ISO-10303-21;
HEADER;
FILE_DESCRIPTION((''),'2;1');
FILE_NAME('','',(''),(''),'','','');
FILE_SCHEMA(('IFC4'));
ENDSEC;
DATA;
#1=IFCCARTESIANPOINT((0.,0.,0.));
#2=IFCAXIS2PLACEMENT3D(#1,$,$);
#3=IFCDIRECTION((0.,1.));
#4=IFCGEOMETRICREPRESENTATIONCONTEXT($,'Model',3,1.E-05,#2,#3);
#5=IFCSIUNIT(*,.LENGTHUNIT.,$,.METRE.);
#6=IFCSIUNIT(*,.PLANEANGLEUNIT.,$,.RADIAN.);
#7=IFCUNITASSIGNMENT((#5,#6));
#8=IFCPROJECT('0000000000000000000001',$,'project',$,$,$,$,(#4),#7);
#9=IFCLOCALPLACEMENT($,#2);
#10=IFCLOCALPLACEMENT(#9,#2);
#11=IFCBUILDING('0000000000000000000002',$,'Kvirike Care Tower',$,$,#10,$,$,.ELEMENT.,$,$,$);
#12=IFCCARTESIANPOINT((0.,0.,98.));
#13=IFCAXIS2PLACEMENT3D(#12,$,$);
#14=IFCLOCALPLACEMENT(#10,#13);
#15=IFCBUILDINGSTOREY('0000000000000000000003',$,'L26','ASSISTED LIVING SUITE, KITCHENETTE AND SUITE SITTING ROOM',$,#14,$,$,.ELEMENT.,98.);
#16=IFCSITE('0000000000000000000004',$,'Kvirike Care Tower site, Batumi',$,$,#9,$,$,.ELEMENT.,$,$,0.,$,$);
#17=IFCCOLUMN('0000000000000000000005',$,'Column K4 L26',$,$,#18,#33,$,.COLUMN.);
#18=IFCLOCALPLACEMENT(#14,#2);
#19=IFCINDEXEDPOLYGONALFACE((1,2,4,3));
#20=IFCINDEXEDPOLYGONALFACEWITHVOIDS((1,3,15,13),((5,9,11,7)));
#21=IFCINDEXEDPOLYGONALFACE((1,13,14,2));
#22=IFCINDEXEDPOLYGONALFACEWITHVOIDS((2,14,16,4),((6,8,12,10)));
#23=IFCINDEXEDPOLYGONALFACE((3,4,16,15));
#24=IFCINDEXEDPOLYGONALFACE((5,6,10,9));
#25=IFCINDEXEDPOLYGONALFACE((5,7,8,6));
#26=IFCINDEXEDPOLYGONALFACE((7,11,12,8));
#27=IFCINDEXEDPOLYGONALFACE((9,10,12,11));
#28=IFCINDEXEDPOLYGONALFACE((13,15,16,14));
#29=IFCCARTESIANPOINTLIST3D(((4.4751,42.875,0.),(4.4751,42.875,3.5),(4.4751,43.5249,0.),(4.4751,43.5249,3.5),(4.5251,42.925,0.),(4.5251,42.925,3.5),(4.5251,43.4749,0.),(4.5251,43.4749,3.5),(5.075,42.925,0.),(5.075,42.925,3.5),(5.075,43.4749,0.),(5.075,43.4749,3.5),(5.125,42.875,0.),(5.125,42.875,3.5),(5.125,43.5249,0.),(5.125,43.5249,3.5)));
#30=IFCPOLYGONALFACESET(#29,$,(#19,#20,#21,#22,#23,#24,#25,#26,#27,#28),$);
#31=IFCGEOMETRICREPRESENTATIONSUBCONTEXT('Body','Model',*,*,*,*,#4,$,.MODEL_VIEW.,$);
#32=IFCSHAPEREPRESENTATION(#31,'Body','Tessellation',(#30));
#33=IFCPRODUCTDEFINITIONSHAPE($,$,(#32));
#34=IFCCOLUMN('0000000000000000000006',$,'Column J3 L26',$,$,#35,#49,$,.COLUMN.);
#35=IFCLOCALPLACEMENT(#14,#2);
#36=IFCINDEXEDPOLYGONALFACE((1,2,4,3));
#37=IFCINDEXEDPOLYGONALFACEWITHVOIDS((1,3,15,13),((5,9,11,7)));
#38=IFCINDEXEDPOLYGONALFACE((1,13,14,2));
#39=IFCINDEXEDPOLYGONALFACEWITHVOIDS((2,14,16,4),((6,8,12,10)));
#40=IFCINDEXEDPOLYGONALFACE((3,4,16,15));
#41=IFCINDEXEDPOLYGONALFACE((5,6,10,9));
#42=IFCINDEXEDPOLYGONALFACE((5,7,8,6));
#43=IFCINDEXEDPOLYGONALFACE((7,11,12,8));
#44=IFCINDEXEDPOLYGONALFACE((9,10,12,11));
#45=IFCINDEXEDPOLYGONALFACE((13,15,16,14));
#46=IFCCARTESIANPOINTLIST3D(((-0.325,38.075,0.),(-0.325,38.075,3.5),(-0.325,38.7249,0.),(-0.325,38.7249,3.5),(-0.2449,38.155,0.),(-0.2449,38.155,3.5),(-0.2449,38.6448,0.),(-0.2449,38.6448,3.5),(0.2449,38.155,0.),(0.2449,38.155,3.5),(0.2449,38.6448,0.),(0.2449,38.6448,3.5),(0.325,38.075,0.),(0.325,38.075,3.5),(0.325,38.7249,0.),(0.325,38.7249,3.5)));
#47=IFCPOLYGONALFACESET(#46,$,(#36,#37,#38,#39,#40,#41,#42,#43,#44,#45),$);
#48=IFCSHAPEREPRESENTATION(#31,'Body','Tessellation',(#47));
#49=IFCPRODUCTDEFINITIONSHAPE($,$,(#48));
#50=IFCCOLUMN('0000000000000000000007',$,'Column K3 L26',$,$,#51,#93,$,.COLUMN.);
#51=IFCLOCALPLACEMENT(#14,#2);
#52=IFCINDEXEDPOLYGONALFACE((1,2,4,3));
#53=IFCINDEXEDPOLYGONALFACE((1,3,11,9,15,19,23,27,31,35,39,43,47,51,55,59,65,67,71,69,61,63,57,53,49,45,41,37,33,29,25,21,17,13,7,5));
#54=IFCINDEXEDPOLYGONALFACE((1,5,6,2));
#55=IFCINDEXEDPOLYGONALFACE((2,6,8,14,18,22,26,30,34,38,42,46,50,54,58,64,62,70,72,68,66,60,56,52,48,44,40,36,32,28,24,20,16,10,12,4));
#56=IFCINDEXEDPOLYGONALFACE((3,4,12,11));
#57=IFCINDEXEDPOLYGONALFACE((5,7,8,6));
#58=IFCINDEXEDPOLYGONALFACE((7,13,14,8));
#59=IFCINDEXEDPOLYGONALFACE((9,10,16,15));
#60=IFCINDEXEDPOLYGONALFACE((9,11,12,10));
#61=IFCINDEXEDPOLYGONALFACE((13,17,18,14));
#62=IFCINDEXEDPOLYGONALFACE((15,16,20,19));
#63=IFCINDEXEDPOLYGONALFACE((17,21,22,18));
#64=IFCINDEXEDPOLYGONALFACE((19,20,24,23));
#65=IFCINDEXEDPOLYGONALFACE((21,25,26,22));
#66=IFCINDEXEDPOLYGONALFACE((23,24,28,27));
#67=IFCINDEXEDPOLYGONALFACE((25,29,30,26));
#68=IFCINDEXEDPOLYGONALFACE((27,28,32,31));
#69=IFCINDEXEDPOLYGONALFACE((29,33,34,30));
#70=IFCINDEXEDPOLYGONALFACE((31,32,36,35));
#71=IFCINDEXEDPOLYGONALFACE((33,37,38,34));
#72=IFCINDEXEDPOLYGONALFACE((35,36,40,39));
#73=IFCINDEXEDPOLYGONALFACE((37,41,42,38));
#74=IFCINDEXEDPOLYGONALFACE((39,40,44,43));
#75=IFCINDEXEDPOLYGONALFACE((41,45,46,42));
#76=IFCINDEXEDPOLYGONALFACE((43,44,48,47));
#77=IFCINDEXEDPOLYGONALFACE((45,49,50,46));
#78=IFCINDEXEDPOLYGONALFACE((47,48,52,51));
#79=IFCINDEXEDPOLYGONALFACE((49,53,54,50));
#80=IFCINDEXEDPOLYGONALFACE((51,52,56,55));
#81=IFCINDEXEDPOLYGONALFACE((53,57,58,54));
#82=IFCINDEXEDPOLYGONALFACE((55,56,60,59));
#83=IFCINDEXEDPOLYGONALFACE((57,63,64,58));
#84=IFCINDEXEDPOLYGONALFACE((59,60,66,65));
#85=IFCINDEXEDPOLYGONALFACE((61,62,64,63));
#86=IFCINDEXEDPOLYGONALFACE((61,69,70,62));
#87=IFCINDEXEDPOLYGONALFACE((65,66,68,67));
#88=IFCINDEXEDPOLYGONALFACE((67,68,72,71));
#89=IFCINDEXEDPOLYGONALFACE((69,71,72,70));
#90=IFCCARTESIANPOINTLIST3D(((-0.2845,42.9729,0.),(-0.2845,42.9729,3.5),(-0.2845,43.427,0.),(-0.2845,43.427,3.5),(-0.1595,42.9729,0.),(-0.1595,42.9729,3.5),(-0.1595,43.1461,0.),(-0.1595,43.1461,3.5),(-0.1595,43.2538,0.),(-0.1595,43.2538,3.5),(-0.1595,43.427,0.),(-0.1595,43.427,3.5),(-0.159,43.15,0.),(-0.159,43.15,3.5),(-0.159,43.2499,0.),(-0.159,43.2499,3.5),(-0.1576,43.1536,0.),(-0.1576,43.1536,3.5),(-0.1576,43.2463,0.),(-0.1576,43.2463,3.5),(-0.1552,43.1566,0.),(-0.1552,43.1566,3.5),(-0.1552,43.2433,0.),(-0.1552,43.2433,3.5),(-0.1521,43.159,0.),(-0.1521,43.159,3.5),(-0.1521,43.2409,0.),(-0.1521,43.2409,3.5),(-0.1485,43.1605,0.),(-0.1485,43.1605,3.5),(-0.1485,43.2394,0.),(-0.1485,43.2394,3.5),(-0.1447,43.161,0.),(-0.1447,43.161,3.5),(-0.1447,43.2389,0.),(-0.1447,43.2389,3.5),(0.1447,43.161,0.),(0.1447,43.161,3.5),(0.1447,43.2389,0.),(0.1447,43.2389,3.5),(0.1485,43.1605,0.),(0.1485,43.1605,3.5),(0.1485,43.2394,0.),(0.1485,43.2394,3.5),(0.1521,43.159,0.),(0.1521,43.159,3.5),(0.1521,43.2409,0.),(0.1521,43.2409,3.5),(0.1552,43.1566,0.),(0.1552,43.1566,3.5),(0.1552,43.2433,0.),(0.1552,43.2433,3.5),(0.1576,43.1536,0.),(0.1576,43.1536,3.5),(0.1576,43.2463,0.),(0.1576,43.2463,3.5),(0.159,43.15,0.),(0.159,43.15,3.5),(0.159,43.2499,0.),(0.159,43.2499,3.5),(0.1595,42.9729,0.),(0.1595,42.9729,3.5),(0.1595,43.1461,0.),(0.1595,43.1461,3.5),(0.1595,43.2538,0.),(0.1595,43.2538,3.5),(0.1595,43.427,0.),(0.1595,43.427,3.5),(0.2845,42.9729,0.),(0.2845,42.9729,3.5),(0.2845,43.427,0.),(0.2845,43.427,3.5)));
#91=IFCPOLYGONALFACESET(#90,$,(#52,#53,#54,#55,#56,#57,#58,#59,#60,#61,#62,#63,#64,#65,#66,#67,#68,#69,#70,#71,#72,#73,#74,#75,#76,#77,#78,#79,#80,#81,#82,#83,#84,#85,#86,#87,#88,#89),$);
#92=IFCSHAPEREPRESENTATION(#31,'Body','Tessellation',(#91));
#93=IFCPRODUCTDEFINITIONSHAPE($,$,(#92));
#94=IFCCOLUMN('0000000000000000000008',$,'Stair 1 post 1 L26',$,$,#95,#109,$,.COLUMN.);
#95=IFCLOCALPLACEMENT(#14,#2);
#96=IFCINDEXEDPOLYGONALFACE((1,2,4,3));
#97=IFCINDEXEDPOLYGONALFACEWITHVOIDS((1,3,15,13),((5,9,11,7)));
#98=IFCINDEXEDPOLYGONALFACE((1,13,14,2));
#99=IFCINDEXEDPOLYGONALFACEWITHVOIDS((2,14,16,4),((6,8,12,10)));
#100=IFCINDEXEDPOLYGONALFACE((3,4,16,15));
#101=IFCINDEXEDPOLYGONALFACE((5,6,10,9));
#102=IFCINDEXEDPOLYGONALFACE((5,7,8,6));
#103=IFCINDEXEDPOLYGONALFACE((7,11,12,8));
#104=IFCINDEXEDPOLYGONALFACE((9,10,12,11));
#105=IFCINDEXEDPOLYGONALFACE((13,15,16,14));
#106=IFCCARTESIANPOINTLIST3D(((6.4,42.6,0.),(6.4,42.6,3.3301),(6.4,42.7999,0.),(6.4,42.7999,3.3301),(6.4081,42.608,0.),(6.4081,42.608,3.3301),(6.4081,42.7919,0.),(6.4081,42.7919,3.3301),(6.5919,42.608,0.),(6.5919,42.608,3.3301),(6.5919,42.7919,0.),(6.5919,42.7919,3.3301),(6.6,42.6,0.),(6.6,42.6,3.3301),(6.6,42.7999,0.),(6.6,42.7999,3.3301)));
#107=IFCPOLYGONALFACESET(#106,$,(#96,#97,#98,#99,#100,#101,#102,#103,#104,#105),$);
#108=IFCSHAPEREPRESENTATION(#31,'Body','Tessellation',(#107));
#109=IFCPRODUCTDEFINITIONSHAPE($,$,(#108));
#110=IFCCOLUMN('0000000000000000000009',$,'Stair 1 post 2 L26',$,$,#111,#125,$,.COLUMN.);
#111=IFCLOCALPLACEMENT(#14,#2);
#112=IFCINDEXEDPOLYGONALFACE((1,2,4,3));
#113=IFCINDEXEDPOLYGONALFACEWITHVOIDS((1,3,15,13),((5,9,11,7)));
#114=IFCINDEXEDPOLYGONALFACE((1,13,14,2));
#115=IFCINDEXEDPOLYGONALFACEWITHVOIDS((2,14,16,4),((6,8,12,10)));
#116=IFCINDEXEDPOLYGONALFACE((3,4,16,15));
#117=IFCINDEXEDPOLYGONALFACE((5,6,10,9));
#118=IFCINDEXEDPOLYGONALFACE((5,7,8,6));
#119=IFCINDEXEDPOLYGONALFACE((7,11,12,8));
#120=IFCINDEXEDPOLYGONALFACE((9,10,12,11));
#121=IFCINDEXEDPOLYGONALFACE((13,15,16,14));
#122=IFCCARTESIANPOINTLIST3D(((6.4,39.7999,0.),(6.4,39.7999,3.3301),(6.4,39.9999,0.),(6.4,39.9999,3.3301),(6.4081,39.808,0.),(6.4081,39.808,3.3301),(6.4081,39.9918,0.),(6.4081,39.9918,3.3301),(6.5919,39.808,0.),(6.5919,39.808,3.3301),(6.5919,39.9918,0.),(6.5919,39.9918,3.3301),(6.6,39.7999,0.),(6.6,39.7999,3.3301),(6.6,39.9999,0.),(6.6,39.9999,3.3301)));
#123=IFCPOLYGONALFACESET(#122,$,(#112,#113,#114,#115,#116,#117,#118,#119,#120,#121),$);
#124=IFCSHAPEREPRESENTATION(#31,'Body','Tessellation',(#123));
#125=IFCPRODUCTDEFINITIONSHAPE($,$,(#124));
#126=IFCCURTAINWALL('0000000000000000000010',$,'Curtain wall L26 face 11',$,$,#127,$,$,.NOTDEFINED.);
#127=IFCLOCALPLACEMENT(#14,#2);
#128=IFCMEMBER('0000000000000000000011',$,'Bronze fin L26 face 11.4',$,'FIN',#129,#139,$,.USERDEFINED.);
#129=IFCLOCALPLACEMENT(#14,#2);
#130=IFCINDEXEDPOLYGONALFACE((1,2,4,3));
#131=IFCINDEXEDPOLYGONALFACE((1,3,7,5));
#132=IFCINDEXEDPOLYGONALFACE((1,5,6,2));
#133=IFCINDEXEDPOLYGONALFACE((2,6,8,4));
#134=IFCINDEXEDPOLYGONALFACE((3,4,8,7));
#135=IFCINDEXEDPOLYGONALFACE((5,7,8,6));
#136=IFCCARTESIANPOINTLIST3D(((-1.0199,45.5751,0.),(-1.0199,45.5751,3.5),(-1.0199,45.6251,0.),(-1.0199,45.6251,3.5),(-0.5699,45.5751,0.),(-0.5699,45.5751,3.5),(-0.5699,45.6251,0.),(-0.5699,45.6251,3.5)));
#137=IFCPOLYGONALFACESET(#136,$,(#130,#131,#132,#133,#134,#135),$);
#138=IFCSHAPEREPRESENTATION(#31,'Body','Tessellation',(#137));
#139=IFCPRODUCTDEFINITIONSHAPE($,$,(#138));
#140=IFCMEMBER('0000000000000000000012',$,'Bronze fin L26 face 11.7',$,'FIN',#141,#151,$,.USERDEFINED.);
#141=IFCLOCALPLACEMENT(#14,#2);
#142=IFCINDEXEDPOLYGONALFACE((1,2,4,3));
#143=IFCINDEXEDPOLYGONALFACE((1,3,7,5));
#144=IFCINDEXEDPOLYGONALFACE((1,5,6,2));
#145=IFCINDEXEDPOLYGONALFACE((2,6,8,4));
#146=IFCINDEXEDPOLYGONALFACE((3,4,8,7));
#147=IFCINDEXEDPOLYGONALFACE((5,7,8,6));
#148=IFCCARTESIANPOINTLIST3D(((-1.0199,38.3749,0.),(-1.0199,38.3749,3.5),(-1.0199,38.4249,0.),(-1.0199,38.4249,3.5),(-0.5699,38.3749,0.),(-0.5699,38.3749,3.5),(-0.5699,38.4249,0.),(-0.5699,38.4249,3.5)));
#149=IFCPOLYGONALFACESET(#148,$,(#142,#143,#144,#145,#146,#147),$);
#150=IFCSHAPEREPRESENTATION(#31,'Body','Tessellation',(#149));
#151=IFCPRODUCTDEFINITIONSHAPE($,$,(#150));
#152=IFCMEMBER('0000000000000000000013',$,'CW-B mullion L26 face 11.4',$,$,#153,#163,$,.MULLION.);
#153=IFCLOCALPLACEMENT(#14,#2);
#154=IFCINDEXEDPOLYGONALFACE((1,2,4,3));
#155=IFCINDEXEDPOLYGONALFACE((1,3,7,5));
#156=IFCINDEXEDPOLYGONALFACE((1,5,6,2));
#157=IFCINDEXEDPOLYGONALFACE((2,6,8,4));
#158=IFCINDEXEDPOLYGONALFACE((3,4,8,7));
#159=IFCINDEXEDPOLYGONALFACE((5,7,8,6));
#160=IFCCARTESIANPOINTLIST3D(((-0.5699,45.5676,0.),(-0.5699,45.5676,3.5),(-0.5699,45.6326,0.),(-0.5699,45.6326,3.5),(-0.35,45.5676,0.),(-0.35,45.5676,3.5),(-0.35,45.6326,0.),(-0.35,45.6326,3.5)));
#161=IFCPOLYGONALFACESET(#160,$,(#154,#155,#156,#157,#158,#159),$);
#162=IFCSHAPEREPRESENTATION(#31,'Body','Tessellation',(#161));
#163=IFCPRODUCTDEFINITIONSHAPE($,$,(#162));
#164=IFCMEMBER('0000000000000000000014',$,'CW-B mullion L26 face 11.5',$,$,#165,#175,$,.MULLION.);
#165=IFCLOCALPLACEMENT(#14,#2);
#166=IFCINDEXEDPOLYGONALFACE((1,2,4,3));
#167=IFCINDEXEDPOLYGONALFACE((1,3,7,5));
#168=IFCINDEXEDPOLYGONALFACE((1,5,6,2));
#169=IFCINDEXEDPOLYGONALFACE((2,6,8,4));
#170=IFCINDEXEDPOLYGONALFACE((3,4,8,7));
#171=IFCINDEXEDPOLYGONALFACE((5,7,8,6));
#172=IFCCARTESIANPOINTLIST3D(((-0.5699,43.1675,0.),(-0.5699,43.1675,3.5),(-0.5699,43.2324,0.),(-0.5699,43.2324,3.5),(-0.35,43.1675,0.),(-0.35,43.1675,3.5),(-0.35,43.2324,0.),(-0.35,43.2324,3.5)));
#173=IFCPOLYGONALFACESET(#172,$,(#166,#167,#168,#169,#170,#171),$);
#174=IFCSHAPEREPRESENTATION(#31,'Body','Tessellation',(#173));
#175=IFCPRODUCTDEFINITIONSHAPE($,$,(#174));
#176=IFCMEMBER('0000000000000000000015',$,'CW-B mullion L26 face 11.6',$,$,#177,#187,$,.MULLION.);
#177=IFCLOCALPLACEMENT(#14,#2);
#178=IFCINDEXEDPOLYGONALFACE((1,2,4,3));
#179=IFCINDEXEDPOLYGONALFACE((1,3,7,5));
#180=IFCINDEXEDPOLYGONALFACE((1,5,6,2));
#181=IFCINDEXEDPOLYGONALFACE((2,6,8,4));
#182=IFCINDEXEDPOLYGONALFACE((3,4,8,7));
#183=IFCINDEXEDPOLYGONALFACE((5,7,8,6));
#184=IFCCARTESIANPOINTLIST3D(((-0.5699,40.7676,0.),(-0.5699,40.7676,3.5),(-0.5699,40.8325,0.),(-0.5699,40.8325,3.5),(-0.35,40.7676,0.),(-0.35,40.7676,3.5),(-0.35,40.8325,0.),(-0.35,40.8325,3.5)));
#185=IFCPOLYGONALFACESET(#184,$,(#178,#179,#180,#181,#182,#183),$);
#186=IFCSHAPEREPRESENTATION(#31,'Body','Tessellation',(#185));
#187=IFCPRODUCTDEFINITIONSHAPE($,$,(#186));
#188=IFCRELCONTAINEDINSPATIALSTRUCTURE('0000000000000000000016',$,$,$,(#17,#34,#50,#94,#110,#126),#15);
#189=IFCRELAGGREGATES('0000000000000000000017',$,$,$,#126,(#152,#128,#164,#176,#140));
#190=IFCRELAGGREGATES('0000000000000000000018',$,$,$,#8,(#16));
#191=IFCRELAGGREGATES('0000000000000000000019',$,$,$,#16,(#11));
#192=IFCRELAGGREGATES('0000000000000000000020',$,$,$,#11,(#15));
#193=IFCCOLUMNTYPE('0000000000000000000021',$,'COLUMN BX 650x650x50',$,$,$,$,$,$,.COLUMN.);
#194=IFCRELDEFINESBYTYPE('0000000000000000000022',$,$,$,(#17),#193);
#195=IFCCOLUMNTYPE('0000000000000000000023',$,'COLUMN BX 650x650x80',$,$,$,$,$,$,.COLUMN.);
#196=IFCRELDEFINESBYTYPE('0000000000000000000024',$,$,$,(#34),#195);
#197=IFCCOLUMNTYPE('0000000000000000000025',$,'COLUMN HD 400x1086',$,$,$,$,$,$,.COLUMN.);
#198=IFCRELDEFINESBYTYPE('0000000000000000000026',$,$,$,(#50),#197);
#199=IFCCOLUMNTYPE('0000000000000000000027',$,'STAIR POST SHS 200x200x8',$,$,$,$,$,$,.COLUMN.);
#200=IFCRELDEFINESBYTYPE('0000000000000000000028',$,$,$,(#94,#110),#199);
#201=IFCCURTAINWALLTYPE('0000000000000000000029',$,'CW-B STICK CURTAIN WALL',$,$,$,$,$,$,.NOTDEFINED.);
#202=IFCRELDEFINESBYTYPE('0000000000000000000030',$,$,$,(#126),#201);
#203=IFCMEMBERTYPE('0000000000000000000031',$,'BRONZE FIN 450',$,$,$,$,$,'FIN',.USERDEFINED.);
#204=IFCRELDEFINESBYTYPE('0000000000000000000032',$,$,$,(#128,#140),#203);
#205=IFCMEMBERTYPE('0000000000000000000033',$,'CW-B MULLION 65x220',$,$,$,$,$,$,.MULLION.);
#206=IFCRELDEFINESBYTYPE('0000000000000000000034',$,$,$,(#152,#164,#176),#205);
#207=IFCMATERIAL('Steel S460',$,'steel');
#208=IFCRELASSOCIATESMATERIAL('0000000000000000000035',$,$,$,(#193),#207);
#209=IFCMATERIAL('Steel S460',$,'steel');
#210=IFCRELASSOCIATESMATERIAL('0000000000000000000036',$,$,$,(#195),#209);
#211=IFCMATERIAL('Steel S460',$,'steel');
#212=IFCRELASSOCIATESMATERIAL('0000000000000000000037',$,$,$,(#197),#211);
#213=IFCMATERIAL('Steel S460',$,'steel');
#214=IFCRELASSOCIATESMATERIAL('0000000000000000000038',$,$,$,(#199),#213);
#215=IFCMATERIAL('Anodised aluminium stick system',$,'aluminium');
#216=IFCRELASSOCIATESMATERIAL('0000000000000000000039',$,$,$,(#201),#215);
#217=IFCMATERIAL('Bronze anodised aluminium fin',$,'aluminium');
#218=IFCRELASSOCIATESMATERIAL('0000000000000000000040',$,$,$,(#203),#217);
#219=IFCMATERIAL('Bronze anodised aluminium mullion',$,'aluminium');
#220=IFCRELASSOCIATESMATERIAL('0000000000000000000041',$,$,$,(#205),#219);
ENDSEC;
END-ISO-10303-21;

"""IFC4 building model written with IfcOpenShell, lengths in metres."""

from ifc_helpers import new_model, si_unit, direction, frame, origin, origin_2d, place, context, subcontext, project, spatial, rectangle, hollow_rectangle, i_section, extrude, material, material_profile, profile_set, type_object, element, aggregate, save


model = new_model("IFC4")

# Units and contexts
model_context = context("Model", 3, precision=1e-05, world=origin(), true_north=direction((0.0, 1.0)))
body_context = subcontext(model_context, "Body", "Model", "MODEL_VIEW")
ifc_project = project(units=[si_unit("LENGTHUNIT", "METRE"), si_unit("PLANEANGLEUNIT", "RADIAN")], contexts=[model_context])

# Site, building, storey
site_placement = place(None, origin())
site = spatial("IfcSite", under=ifc_project, at=site_placement, Name="Kvirike Care Tower site, Batumi", CompositionType="ELEMENT", RefElevation=0.0)
building_placement = place(site_placement, origin())
building = spatial("IfcBuilding", under=site, at=building_placement, Name="Kvirike Care Tower", CompositionType="ELEMENT")
storey_placement = place(building_placement, frame((0.0, 0.0, 98.0)))
storey = spatial("IfcBuildingStorey", under=building, at=storey_placement, Name="L26", Description="ASSISTED LIVING SUITE, KITCHENETTE AND SUITE SITTING ROOM", CompositionType="ELEMENT", Elevation=98.0)

# Columns
ifc_material_1 = material(Name="Steel S460", Category="steel")
ifc_material_profile_1 = material_profile(ifc_material_1, hollow_rectangle(XDim=0.6499, YDim=0.6499, WallThickness=0.05, at=origin_2d()), Name="BX 650x650x50")
ifc_profile_set_1 = profile_set([ifc_material_profile_1], Name="Steel S460")
column_type_1 = type_object("IfcColumnType", Name="COLUMN BX 650x650x50", PredefinedType="COLUMN", material=ifc_profile_set_1)
column_1_placement = place(storey_placement, frame((4.8, 43.2, 0.0), z_axis=(0.0, 0.0, 1.0), x_axis=(0.0, 1.0, 0.0)))
element("IfcColumn", 1, at=column_1_placement, inside=storey, type_object=column_type_1, Name="Column K4 L26", PredefinedType="COLUMN", context=body_context, shape_type="SweptSolid", body=[
    extrude(hollow_rectangle(XDim=0.6499, YDim=0.6499, WallThickness=0.05, at=origin_2d()), origin(), (0.0, 0.0, 1.0), 3.5),
])
ifc_material_2 = material(Name="Steel S460", Category="steel")
ifc_material_profile_2 = material_profile(ifc_material_2, hollow_rectangle(XDim=0.6499, YDim=0.6499, WallThickness=0.0801, at=origin_2d()), Name="BX 650x650x80")
ifc_profile_set_2 = profile_set([ifc_material_profile_2], Name="Steel S460")
column_type_2 = type_object("IfcColumnType", Name="COLUMN BX 650x650x80", PredefinedType="COLUMN", material=ifc_profile_set_2)
column_2_placement = place(storey_placement, frame((0.0, 38.3999, 0.0), z_axis=(0.0, 0.0, 1.0), x_axis=(1.0, 0.0, 0.0)))
element("IfcColumn", 2, at=column_2_placement, inside=storey, type_object=column_type_2, Name="Column J3 L26", PredefinedType="COLUMN", context=body_context, shape_type="SweptSolid", body=[
    extrude(hollow_rectangle(XDim=0.6499, YDim=0.6499, WallThickness=0.0801, at=origin_2d()), origin(), (0.0, 0.0, 1.0), 3.5),
])
ifc_material_3 = material(Name="Steel S460", Category="steel")
ifc_material_profile_3 = material_profile(ifc_material_3, i_section(OverallWidth=0.4541, OverallDepth=0.5691, WebThickness=0.0779, FlangeThickness=0.125, FilletRadius=0.0149, at=origin_2d()), Name="HD 400x1086")
ifc_profile_set_3 = profile_set([ifc_material_profile_3], Name="Steel S460")
column_type_3 = type_object("IfcColumnType", Name="COLUMN HD 400x1086", PredefinedType="COLUMN", material=ifc_profile_set_3)
column_3_placement = place(storey_placement, frame((0.0, 43.2, 0.0), z_axis=(0.0, 0.0, 1.0), x_axis=(0.0, 1.0, 0.0)))
element("IfcColumn", 3, at=column_3_placement, inside=storey, type_object=column_type_3, Name="Column K3 L26", PredefinedType="COLUMN", context=body_context, shape_type="SweptSolid", body=[
    extrude(i_section(OverallWidth=0.4541, OverallDepth=0.5691, WebThickness=0.0779, FlangeThickness=0.125, FilletRadius=0.0149, at=origin_2d()), origin(), (0.0, 0.0, 1.0), 3.5),
])
ifc_material_4 = material(Name="Steel S460", Category="steel")
ifc_material_profile_4 = material_profile(ifc_material_4, hollow_rectangle(XDim=0.2, YDim=0.2, WallThickness=0.0081, at=origin_2d()), Name="SHS 200x200x8")
ifc_profile_set_4 = profile_set([ifc_material_profile_4], Name="Steel S460")
column_type_4 = type_object("IfcColumnType", Name="STAIR POST SHS 200x200x8", PredefinedType="COLUMN", material=ifc_profile_set_4)
for number, where, z_axis, x_axis, name in (
    (4, (6.5, 42.7, 0.0), (0.0, 0.0, 1.0), (1.0, 0.0, 0.0), "Stair 1 post 1 L26"),
    (5, (6.5, 39.8999, 0.0), (0.0, 0.0, 1.0), (1.0, 0.0, 0.0), "Stair 1 post 2 L26"),
):
    element("IfcColumn", number, at=place(storey_placement, frame(where, z_axis=z_axis, x_axis=x_axis)), inside=storey, type_object=column_type_4, Name=name, PredefinedType="COLUMN", context=body_context, shape_type="SweptSolid", body=[
        extrude(hollow_rectangle(XDim=0.2, YDim=0.2, WallThickness=0.0081, at=origin_2d()), origin(), (0.0, 0.0, 1.0), 3.3301),
    ])

# Curtain wall, members
ifc_material_5 = material(Name="Anodised aluminium stick system", Category="aluminium")
curtain_wall_type = type_object("IfcCurtainWallType", Name="CW-B STICK CURTAIN WALL", PredefinedType="NOTDEFINED", material=ifc_material_5)
curtain_wall_placement = place(storey_placement, origin())
curtain_wall = element("IfcCurtainWall", 6, at=curtain_wall_placement, inside=storey, type_object=curtain_wall_type, Name="Curtain wall L26 face 11", PredefinedType="NOTDEFINED")
ifc_material_6 = material(Name="Bronze anodised aluminium fin", Category="aluminium")
ifc_material_profile_5 = material_profile(ifc_material_6, rectangle(XDim=0.05, YDim=0.45, at=origin_2d()), Name="BRONZE FIN 450")
ifc_profile_set_5 = profile_set([ifc_material_profile_5], Name="Bronze anodised aluminium fin")
member_type_1 = type_object("IfcMemberType", Name="BRONZE FIN 450", ElementType="FIN", PredefinedType="USERDEFINED", material=ifc_profile_set_5)
member_1_placement = place(storey_placement, frame((-0.7949, 45.6001, 0.0), z_axis=(0.0, 0.0, 1.0), x_axis=(0.0, -1.0, 0.0)))
member_1 = element("IfcMember", 7, at=member_1_placement, type_object=member_type_1, Name="Bronze fin L26 face 11.4", ObjectType="FIN", PredefinedType="USERDEFINED", context=body_context, shape_type="SweptSolid", body=[
    extrude(rectangle(XDim=0.05, YDim=0.45, at=origin_2d()), origin(), (0.0, 0.0, 1.0), 3.5),
])
member_2_placement = place(storey_placement, frame((-0.7949, 38.3999, 0.0), z_axis=(0.0, 0.0, 1.0), x_axis=(0.0, -1.0, 0.0)))
member_2 = element("IfcMember", 8, at=member_2_placement, type_object=member_type_1, Name="Bronze fin L26 face 11.7", ObjectType="FIN", PredefinedType="USERDEFINED", context=body_context, shape_type="SweptSolid", body=[
    extrude(rectangle(XDim=0.05, YDim=0.45, at=origin_2d()), origin(), (0.0, 0.0, 1.0), 3.5),
])
ifc_material_7 = material(Name="Bronze anodised aluminium mullion", Category="aluminium")
ifc_material_profile_6 = material_profile(ifc_material_7, rectangle(XDim=0.0649, YDim=0.22, at=origin_2d()), Name="CW-B MULLION 65x220")
ifc_profile_set_6 = profile_set([ifc_material_profile_6], Name="Bronze anodised aluminium mullion")
member_type_2 = type_object("IfcMemberType", Name="CW-B MULLION 65x220", PredefinedType="MULLION", material=ifc_profile_set_6)
member_3_placement = place(storey_placement, frame((-0.46, 45.6001, 0.0), z_axis=(0.0, 0.0, 1.0), x_axis=(0.0, -1.0, 0.0)))
member_3 = element("IfcMember", 9, at=member_3_placement, type_object=member_type_2, Name="CW-B mullion L26 face 11.4", PredefinedType="MULLION", context=body_context, shape_type="SweptSolid", body=[
    extrude(rectangle(XDim=0.0649, YDim=0.22, at=origin_2d()), origin(), (0.0, 0.0, 1.0), 3.5),
])
member_4_placement = place(storey_placement, frame((-0.46, 43.2, 0.0), z_axis=(0.0, 0.0, 1.0), x_axis=(0.0, -1.0, 0.0)))
member_4 = element("IfcMember", 10, at=member_4_placement, type_object=member_type_2, Name="CW-B mullion L26 face 11.5", PredefinedType="MULLION", context=body_context, shape_type="SweptSolid", body=[
    extrude(rectangle(XDim=0.0649, YDim=0.22, at=origin_2d()), origin(), (0.0, 0.0, 1.0), 3.5),
])
member_5_placement = place(storey_placement, frame((-0.46, 40.8, 0.0), z_axis=(0.0, 0.0, 1.0), x_axis=(0.0, -1.0, 0.0)))
member_5 = element("IfcMember", 11, at=member_5_placement, type_object=member_type_2, Name="CW-B mullion L26 face 11.6", PredefinedType="MULLION", context=body_context, shape_type="SweptSolid", body=[
    extrude(rectangle(XDim=0.0649, YDim=0.22, at=origin_2d()), origin(), (0.0, 0.0, 1.0), 3.5),
])

aggregate(curtain_wall, [member_3, member_1, member_4, member_5, member_2])

save(model, "model.ifc")
